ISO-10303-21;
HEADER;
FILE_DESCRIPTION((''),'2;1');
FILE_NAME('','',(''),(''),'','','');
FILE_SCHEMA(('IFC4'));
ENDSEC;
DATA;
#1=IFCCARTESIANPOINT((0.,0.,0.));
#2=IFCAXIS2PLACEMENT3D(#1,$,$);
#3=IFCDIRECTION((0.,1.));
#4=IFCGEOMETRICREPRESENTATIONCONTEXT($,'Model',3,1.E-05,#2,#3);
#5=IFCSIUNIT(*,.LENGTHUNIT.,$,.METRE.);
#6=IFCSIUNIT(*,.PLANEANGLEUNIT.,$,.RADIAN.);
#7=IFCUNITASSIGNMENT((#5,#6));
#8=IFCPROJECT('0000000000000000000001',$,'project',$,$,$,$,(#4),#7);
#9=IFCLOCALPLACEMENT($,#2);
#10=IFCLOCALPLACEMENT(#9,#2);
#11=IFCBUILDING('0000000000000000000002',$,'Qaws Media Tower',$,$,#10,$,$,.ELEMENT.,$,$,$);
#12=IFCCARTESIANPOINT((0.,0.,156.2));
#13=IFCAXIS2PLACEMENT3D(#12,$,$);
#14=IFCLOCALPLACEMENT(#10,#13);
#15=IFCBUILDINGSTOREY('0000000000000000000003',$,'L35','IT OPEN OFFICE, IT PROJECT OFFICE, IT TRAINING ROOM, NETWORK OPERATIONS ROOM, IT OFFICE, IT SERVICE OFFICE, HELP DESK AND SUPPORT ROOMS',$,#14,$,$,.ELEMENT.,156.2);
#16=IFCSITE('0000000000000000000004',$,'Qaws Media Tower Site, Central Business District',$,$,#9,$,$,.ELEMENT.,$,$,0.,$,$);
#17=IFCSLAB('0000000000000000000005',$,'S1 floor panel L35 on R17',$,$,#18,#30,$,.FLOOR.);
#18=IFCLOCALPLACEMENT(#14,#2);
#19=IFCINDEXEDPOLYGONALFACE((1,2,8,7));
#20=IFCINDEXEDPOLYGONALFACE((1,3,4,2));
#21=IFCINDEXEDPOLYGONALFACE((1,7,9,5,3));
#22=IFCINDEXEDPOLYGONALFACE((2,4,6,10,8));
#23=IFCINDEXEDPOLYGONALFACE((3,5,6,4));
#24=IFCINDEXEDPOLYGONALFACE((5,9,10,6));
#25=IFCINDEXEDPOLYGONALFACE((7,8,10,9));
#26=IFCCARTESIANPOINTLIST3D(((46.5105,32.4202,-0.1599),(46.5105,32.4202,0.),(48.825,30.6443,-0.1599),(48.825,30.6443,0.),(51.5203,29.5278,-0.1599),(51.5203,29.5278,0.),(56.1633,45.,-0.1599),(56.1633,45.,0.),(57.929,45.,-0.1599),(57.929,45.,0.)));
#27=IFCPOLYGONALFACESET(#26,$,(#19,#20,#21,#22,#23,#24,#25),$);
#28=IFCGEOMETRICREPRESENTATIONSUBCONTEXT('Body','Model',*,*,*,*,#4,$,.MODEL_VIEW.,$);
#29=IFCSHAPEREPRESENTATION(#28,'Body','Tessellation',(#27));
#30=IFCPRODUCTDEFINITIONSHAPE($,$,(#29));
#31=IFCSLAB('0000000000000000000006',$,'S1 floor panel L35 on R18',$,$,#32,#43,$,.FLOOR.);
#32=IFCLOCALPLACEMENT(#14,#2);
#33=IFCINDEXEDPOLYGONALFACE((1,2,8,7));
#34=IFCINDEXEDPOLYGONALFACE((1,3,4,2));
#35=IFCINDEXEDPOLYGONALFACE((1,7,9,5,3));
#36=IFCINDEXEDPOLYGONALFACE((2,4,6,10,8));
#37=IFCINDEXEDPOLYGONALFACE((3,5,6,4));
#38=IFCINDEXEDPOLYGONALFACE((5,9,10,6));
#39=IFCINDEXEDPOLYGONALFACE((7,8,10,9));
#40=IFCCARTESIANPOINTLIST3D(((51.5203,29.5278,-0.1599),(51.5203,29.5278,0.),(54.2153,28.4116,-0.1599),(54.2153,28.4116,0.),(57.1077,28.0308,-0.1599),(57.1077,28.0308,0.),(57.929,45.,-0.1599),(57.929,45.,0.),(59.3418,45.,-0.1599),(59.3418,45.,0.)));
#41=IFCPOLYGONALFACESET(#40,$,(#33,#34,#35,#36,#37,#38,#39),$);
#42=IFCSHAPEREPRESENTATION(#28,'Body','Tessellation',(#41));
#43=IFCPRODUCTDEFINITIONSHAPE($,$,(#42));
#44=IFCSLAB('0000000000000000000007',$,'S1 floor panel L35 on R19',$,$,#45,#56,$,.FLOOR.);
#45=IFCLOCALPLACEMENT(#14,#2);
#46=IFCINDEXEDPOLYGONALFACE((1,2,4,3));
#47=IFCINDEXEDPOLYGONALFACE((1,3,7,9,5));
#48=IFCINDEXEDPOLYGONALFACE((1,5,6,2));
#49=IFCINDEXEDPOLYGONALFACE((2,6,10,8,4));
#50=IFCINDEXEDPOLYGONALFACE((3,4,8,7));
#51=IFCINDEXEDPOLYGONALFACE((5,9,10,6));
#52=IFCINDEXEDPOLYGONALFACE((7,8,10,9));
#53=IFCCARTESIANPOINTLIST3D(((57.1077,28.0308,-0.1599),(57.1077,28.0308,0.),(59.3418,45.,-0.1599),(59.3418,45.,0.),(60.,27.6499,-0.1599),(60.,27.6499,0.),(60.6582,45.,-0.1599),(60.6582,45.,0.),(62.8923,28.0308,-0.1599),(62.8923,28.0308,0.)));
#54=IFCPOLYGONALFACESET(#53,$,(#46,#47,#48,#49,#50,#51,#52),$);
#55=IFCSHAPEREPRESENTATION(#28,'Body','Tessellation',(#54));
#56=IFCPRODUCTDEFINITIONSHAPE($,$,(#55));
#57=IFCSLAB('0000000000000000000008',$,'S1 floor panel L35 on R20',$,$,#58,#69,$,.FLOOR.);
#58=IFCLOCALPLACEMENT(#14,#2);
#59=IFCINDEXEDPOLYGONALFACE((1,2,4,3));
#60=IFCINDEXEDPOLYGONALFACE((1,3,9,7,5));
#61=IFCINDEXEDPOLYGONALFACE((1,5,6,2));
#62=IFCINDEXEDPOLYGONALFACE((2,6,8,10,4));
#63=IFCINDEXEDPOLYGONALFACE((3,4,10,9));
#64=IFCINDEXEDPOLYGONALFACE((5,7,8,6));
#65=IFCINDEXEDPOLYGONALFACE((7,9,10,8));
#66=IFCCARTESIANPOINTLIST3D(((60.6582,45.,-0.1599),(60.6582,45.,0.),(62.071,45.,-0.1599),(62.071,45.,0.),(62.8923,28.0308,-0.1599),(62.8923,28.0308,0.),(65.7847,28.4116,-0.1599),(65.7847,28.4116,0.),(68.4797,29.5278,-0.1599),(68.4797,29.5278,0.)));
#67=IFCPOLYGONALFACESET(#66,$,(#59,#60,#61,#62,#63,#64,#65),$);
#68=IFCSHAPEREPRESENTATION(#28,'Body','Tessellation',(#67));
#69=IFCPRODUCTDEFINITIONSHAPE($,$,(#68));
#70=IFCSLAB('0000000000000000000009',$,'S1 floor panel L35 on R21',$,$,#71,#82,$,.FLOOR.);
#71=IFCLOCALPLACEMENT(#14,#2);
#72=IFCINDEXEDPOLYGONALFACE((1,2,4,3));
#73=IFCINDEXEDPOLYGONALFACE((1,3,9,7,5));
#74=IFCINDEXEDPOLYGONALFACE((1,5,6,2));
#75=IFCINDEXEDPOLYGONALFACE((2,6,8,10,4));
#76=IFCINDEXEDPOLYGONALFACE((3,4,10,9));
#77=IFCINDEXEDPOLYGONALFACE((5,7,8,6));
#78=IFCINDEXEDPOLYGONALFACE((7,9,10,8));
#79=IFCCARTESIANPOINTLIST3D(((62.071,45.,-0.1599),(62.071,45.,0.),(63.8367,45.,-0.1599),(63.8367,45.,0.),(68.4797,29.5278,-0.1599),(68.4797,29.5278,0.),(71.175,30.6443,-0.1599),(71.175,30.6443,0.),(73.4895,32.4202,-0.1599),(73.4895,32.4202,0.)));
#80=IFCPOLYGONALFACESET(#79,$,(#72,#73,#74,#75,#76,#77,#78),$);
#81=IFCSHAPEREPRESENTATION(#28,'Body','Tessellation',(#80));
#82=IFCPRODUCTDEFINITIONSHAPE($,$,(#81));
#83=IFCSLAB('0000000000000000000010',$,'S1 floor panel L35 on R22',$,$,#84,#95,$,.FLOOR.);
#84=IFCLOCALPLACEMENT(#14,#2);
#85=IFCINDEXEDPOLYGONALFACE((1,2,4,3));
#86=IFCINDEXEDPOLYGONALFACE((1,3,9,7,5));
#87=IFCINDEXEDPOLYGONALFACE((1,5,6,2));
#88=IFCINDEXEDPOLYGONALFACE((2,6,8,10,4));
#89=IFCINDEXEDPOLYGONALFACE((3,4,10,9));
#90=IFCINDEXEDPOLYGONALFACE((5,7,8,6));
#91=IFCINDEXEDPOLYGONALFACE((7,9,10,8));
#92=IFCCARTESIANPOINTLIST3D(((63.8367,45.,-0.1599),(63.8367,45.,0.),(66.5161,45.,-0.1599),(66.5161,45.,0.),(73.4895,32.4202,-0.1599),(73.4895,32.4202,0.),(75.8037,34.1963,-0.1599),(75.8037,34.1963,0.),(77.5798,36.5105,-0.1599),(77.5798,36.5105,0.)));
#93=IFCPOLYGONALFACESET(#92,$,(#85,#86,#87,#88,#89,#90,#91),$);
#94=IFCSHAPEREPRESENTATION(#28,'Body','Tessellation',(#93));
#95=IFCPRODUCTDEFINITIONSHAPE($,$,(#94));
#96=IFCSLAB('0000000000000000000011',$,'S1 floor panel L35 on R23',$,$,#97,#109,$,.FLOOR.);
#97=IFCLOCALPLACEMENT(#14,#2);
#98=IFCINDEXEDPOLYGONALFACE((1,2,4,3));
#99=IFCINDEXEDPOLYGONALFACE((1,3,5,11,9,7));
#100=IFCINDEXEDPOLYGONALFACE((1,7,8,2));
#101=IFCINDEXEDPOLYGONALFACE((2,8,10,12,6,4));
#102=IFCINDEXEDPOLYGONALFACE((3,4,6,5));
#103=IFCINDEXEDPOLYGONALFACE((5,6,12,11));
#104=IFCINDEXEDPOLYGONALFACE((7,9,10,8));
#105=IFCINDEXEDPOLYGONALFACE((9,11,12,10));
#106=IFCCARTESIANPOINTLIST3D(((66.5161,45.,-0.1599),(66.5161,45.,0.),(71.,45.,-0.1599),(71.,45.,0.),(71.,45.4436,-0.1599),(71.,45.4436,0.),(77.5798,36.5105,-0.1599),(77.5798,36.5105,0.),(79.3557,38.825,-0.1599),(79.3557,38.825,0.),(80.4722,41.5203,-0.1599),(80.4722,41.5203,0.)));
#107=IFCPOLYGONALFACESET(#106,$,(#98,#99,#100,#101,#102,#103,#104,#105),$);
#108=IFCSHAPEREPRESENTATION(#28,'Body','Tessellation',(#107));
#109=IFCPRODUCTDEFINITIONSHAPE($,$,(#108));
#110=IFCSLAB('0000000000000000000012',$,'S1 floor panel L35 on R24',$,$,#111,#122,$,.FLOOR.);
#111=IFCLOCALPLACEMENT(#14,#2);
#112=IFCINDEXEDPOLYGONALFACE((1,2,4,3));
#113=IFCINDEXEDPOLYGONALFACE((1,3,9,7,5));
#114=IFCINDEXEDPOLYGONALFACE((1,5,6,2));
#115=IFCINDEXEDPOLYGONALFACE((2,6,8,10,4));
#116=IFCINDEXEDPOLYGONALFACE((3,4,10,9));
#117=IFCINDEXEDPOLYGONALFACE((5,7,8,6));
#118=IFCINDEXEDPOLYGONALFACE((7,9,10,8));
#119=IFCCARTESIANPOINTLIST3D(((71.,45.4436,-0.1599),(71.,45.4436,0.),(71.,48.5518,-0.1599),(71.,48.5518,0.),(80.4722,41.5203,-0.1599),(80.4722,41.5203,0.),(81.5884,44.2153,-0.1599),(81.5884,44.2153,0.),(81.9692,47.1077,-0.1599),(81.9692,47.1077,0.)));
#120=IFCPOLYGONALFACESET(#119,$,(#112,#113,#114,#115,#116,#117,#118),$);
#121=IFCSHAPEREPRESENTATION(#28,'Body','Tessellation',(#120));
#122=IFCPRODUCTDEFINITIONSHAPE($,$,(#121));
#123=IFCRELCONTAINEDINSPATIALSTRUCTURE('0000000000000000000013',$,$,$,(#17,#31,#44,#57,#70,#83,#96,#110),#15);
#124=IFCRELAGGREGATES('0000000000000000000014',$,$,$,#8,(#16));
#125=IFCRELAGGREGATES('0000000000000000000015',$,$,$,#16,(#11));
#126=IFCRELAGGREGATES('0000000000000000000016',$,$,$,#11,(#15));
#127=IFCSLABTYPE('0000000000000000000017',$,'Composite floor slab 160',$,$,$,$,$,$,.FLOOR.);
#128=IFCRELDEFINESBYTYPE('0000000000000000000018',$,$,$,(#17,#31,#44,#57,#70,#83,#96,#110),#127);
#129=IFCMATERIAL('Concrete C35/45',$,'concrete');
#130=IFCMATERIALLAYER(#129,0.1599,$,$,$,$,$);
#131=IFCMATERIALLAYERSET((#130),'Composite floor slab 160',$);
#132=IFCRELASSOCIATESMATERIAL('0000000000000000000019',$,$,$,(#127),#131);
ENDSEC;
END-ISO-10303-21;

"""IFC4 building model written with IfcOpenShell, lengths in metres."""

from ifc_helpers import new_model, si_unit, direction, frame, origin, place, context, subcontext, project, spatial, polyline, outline, extrude, material, layer, layer_set, type_object, element, save


model = new_model("IFC4")

# Units and contexts
model_context = context("Model", 3, precision=1e-05, world=origin(), true_north=direction((0.0, 1.0)))
body_context = subcontext(model_context, "Body", "Model", "MODEL_VIEW")
ifc_project = project(units=[si_unit("LENGTHUNIT", "METRE"), si_unit("PLANEANGLEUNIT", "RADIAN")], contexts=[model_context])

# Site, building, storey
site_placement = place(None, origin())
site = spatial("IfcSite", under=ifc_project, at=site_placement, Name="Qaws Media Tower Site, Central Business District", CompositionType="ELEMENT", RefElevation=0.0)
building_placement = place(site_placement, origin())
building = spatial("IfcBuilding", under=site, at=building_placement, Name="Qaws Media Tower", CompositionType="ELEMENT")
storey_placement = place(building_placement, frame((0.0, 0.0, 156.2)))
storey = spatial("IfcBuildingStorey", under=building, at=storey_placement, Name="L35", Description="IT OPEN OFFICE, IT PROJECT OFFICE, IT TRAINING ROOM, NETWORK OPERATIONS ROOM, IT OFFICE, IT SERVICE OFFICE, HELP DESK AND SUPPORT ROOMS", CompositionType="ELEMENT", Elevation=156.2)

# Slabs
ifc_material_1 = material(Name="Concrete C35/45", Category="concrete")
ifc_layer_1 = layer(ifc_material_1, 0.1599)
ifc_layer_set_1 = layer_set([ifc_layer_1], Name="Composite floor slab 160")
slab_type_1 = type_object("IfcSlabType", Name="Composite floor slab 160", PredefinedType="FLOOR", material=ifc_layer_set_1)
slab_1_placement = place(storey_placement, frame((0.0, 0.0, -0.1599)))
element("IfcSlab", 1, at=slab_1_placement, inside=storey, type_object=slab_type_1, Name="S1 floor panel L35 on R17", PredefinedType="FLOOR", context=body_context, shape_type="SweptSolid", body=[
    extrude(outline(polyline([(48.825, 30.6443), (46.5105, 32.4202), (56.1633, 45.0), (57.929, 45.0), (51.5203, 29.5278), (48.825, 30.6443)])), origin(), (0.0, 0.0, 1.0), 0.1599),
])
slab_2_placement = place(storey_placement, frame((0.0, 0.0, -0.1599)))
element("IfcSlab", 2, at=slab_2_placement, inside=storey, type_object=slab_type_1, Name="S1 floor panel L35 on R18", PredefinedType="FLOOR", context=body_context, shape_type="SweptSolid", body=[
    extrude(outline(polyline([(54.2153, 28.4116), (51.5203, 29.5278), (57.929, 45.0), (59.3418, 45.0), (57.1077, 28.0308), (54.2153, 28.4116)])), origin(), (0.0, 0.0, 1.0), 0.1599),
])
slab_3_placement = place(storey_placement, frame((0.0, 0.0, -0.1599)))
element("IfcSlab", 3, at=slab_3_placement, inside=storey, type_object=slab_type_1, Name="S1 floor panel L35 on R19", PredefinedType="FLOOR", context=body_context, shape_type="SweptSolid", body=[
    extrude(outline(polyline([(60.0, 27.6499), (57.1077, 28.0308), (59.3418, 45.0), (60.6582, 45.0), (62.8923, 28.0308), (60.0, 27.6499)])), origin(), (0.0, 0.0, 1.0), 0.1599),
])
slab_4_placement = place(storey_placement, frame((0.0, 0.0, -0.1599)))
element("IfcSlab", 4, at=slab_4_placement, inside=storey, type_object=slab_type_1, Name="S1 floor panel L35 on R20", PredefinedType="FLOOR", context=body_context, shape_type="SweptSolid", body=[
    extrude(outline(polyline([(65.7847, 28.4116), (62.8923, 28.0308), (60.6582, 45.0), (62.071, 45.0), (68.4797, 29.5278), (65.7847, 28.4116)])), origin(), (0.0, 0.0, 1.0), 0.1599),
])
slab_5_placement = place(storey_placement, frame((0.0, 0.0, -0.1599)))
element("IfcSlab", 5, at=slab_5_placement, inside=storey, type_object=slab_type_1, Name="S1 floor panel L35 on R21", PredefinedType="FLOOR", context=body_context, shape_type="SweptSolid", body=[
    extrude(outline(polyline([(71.175, 30.6443), (68.4797, 29.5278), (62.071, 45.0), (63.8367, 45.0), (73.4895, 32.4202), (71.175, 30.6443)])), origin(), (0.0, 0.0, 1.0), 0.1599),
])
slab_6_placement = place(storey_placement, frame((0.0, 0.0, -0.1599)))
element("IfcSlab", 6, at=slab_6_placement, inside=storey, type_object=slab_type_1, Name="S1 floor panel L35 on R22", PredefinedType="FLOOR", context=body_context, shape_type="SweptSolid", body=[
    extrude(outline(polyline([(75.8037, 34.1963), (73.4895, 32.4202), (63.8367, 45.0), (66.5161, 45.0), (77.5798, 36.5105), (75.8037, 34.1963)])), origin(), (0.0, 0.0, 1.0), 0.1599),
])
slab_7_placement = place(storey_placement, frame((0.0, 0.0, -0.1599)))
element("IfcSlab", 7, at=slab_7_placement, inside=storey, type_object=slab_type_1, Name="S1 floor panel L35 on R23", PredefinedType="FLOOR", context=body_context, shape_type="SweptSolid", body=[
    extrude(outline(polyline([(79.3557, 38.825), (77.5798, 36.5105), (66.5161, 45.0), (71.0, 45.0), (71.0, 45.4436), (80.4722, 41.5203), (79.3557, 38.825)])), origin(), (0.0, 0.0, 1.0), 0.1599),
])
slab_8_placement = place(storey_placement, frame((0.0, 0.0, -0.1599)))
element("IfcSlab", 8, at=slab_8_placement, inside=storey, type_object=slab_type_1, Name="S1 floor panel L35 on R24", PredefinedType="FLOOR", context=body_context, shape_type="SweptSolid", body=[
    extrude(outline(polyline([(80.4722, 41.5203), (71.0, 45.4436), (71.0, 48.5518), (81.9692, 47.1077), (81.5884, 44.2153), (80.4722, 41.5203)])), origin(), (0.0, 0.0, 1.0), 0.1599),
])

save(model, "model.ifc")
